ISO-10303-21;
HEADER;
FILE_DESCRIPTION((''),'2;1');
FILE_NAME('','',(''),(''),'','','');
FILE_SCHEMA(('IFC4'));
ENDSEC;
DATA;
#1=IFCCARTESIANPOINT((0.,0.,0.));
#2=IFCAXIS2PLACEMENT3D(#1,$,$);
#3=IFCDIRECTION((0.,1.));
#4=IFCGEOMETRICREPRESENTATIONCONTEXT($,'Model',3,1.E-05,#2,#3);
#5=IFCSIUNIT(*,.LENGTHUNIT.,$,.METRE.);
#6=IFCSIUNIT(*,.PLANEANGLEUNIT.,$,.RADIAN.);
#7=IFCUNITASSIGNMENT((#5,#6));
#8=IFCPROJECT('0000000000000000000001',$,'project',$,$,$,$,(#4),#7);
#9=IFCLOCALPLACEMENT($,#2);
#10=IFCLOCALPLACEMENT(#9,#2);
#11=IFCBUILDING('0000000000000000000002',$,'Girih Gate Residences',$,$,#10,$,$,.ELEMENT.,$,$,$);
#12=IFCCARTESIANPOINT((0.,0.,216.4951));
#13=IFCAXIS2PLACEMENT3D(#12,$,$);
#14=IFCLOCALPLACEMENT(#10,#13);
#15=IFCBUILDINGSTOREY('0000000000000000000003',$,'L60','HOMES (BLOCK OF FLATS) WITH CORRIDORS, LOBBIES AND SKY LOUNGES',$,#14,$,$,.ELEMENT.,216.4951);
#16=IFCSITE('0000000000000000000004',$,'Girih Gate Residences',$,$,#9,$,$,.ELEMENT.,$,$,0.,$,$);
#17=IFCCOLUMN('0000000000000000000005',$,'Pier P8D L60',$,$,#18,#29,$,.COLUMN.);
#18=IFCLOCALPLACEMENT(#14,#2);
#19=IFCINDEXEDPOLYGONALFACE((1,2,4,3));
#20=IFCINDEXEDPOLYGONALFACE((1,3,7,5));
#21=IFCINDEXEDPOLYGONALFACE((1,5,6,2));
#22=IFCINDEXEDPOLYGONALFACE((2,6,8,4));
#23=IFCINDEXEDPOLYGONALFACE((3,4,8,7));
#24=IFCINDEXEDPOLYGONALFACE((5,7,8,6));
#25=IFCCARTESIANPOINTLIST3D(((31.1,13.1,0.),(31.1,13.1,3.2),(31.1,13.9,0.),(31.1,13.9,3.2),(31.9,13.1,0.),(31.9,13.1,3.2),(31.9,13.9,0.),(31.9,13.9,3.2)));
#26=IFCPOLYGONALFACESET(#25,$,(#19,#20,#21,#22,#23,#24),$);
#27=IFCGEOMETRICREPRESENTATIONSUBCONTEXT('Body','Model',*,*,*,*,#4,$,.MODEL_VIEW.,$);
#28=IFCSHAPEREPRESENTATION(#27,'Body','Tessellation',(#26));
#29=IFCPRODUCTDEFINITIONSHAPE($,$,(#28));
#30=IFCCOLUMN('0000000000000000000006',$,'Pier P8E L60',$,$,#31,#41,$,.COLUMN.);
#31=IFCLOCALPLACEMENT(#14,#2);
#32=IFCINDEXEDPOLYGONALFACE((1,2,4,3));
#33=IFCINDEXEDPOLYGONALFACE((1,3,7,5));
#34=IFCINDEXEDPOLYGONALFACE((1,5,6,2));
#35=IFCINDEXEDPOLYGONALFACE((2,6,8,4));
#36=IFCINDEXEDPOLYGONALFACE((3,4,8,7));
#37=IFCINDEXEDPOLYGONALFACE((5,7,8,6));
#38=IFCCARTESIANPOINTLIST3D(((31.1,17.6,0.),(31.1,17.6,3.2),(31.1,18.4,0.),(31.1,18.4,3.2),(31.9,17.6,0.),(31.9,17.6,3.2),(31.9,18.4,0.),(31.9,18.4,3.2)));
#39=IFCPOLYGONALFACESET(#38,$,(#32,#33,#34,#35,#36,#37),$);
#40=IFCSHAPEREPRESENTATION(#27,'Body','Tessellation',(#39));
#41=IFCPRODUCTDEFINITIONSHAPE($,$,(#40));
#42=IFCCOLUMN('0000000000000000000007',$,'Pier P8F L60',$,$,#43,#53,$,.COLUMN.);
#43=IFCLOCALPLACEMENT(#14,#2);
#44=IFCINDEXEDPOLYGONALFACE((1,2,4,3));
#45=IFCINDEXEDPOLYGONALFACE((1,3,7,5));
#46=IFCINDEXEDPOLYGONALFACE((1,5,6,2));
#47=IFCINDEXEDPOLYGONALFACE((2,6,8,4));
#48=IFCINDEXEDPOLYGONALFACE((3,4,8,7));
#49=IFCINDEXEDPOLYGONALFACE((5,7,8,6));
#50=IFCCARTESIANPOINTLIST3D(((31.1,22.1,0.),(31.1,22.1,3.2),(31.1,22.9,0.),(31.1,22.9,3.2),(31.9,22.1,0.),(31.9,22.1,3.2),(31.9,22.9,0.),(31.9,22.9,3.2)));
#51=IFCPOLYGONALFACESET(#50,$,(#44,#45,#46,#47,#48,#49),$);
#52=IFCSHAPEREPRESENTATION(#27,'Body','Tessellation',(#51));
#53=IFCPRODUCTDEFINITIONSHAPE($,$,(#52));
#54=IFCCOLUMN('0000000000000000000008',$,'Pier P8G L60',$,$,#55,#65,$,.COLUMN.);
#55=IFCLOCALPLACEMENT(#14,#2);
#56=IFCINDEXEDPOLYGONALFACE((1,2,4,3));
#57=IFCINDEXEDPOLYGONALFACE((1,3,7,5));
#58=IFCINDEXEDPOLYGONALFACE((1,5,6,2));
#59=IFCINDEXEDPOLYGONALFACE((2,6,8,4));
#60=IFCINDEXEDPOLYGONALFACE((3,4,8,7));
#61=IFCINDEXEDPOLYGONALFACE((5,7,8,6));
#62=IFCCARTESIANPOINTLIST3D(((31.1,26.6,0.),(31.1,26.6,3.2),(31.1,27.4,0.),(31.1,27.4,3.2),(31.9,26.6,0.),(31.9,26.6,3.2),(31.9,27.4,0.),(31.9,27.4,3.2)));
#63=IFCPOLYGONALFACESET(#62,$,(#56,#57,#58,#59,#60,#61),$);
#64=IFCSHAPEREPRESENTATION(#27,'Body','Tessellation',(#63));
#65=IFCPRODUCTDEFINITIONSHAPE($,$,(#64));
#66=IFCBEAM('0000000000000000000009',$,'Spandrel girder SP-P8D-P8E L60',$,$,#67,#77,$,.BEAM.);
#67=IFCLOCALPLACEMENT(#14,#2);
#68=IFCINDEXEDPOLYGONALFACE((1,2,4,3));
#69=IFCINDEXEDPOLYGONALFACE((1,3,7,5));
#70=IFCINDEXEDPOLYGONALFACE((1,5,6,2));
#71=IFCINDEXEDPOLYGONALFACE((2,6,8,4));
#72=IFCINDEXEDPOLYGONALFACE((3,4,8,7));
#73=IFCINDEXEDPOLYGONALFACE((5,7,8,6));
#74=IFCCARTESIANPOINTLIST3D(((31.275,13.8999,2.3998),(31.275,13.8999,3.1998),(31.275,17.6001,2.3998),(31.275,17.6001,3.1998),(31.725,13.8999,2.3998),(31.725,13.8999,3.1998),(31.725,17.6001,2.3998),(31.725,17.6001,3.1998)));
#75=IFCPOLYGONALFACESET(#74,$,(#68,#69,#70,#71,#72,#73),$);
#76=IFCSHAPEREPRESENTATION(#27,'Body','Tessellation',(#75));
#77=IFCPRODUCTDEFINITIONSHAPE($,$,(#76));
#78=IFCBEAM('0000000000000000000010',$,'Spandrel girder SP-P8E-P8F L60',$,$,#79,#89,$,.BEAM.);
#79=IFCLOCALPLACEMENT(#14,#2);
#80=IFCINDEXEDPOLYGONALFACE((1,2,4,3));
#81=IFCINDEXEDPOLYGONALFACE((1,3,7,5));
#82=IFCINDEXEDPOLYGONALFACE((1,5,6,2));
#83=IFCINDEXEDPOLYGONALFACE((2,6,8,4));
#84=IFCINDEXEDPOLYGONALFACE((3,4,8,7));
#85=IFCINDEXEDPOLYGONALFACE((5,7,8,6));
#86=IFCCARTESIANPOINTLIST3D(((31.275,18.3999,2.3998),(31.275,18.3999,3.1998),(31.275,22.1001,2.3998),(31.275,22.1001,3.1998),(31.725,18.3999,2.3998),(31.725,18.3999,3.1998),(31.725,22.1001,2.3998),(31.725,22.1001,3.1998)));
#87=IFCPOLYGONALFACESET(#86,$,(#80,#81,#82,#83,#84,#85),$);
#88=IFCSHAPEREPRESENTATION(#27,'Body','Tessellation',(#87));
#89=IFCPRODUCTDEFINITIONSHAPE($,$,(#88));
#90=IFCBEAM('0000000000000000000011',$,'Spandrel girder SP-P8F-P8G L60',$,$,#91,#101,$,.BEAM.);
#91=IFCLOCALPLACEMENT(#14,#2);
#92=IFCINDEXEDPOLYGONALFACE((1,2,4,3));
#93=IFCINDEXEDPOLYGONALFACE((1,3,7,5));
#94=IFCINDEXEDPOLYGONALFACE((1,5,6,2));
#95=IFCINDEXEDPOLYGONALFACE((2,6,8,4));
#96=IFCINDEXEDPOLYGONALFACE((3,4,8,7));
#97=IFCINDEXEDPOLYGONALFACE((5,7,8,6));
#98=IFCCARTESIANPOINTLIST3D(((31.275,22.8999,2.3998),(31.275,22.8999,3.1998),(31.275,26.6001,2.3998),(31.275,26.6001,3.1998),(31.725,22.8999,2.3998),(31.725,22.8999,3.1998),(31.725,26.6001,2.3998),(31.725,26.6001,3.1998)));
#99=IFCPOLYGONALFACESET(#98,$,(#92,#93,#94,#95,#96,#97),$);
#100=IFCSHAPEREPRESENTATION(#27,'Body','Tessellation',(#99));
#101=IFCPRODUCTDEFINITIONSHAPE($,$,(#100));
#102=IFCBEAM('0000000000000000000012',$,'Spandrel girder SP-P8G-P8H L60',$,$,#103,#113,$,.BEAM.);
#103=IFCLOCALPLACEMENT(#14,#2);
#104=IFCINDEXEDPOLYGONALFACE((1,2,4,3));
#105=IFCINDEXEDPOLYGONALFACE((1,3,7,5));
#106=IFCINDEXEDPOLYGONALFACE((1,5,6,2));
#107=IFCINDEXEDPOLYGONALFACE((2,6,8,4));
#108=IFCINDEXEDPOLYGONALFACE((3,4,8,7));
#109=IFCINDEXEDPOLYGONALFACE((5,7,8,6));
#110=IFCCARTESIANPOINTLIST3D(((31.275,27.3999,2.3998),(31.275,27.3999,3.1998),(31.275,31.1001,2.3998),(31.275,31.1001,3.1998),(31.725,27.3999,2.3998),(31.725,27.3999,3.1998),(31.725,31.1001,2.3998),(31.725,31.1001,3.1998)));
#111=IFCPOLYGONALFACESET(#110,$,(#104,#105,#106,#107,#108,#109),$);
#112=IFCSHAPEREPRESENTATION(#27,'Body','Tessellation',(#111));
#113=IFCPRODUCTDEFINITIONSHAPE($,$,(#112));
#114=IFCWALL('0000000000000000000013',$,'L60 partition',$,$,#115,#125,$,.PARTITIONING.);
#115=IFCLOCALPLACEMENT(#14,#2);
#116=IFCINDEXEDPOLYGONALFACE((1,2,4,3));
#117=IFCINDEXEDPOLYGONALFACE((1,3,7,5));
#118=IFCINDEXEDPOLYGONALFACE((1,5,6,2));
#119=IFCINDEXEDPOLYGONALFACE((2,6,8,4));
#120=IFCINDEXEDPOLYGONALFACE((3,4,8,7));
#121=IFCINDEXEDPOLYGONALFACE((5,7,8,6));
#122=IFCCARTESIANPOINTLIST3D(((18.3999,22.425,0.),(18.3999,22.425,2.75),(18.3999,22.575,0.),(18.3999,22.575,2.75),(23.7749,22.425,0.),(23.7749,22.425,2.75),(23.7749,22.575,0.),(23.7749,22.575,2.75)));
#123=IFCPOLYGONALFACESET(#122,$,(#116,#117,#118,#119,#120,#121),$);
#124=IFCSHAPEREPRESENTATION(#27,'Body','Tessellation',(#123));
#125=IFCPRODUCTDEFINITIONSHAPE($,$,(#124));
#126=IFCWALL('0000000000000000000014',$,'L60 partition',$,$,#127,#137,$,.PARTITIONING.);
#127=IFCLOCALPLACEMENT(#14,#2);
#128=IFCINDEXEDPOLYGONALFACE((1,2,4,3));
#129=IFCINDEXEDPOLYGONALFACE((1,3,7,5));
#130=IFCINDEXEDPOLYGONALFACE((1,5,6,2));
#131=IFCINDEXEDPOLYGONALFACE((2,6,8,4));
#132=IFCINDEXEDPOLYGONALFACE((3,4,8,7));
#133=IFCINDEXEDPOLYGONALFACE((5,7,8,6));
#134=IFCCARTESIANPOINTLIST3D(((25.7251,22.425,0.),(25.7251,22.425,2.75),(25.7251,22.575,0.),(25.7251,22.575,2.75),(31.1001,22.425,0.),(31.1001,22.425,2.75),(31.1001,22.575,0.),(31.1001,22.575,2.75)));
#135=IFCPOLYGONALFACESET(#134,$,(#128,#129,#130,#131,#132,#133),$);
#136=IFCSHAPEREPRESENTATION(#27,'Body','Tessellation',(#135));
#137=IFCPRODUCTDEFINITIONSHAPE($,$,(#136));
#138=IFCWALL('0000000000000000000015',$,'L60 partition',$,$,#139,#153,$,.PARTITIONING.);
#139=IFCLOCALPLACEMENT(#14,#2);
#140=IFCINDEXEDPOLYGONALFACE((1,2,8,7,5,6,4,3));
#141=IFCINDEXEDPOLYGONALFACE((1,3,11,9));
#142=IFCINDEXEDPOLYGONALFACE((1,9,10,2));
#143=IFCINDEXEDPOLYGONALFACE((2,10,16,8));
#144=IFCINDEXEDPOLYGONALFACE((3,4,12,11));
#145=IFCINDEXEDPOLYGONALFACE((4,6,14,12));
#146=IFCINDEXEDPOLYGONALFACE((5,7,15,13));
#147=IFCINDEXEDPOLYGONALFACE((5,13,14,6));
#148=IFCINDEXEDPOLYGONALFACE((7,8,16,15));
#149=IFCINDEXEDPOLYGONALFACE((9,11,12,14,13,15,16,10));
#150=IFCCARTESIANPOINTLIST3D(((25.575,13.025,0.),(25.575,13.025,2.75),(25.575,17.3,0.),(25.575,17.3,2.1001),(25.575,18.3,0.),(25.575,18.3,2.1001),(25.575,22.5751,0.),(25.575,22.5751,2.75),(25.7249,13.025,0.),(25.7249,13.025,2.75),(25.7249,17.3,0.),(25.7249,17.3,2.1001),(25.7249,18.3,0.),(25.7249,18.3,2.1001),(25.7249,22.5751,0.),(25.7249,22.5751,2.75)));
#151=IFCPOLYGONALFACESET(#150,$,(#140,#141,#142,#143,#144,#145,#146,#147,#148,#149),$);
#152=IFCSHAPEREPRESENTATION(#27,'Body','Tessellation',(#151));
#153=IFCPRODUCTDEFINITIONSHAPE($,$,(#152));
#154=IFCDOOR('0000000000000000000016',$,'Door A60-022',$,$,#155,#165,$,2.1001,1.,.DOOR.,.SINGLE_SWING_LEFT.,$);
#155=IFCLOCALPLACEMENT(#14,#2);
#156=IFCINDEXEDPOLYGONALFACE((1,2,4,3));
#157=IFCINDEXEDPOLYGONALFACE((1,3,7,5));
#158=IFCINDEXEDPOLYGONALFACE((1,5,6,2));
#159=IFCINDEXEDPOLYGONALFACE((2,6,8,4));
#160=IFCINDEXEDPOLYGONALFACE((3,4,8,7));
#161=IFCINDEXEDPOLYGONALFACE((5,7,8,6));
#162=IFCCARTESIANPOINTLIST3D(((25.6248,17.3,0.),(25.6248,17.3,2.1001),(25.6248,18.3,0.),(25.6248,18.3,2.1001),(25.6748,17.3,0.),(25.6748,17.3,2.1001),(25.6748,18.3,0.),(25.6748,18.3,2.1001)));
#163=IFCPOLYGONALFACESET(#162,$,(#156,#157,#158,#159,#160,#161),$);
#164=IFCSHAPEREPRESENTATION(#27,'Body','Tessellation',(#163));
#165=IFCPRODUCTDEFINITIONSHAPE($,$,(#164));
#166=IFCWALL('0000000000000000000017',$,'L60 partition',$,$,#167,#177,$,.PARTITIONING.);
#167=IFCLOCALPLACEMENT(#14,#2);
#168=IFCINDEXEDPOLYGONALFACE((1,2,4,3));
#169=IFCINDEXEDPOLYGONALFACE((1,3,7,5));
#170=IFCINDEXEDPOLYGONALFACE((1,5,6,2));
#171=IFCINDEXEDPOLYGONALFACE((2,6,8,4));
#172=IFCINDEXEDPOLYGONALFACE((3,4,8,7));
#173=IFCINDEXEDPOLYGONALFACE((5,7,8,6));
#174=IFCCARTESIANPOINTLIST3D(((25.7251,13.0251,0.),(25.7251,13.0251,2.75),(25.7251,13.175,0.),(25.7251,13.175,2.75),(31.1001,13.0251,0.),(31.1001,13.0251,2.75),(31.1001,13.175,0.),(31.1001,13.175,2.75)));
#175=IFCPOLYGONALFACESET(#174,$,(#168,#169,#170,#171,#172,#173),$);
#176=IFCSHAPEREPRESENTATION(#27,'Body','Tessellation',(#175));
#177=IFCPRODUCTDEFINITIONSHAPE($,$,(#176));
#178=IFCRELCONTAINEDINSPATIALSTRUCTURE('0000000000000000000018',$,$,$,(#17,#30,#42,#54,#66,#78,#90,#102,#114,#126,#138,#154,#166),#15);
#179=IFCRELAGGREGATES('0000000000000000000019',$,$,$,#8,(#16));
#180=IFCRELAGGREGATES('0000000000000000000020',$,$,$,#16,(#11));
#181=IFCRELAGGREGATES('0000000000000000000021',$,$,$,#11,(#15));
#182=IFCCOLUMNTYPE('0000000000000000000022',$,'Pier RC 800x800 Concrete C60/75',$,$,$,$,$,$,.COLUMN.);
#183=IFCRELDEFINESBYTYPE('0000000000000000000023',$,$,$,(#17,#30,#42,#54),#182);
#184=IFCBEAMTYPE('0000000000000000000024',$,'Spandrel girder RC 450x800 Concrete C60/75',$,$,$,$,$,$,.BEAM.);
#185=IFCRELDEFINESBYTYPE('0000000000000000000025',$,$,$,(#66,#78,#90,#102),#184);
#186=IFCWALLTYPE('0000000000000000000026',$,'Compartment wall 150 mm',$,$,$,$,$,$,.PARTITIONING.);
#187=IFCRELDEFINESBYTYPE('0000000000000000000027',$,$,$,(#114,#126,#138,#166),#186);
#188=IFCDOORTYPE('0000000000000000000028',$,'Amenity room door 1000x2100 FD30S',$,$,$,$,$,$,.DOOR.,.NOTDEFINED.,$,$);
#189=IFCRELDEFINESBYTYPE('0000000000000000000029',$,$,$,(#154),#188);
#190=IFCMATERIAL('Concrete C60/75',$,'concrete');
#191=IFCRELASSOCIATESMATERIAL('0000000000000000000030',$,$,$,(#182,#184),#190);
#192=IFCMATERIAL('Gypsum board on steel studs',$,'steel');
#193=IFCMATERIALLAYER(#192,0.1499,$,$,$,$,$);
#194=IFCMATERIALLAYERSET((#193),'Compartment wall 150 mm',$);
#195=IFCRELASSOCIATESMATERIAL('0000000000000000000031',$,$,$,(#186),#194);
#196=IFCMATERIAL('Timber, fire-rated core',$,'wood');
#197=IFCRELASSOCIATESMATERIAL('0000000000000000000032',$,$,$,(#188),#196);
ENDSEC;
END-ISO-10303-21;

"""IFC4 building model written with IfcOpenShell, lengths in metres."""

from ifc_helpers import new_model, si_unit, direction, frame, frame_2d, origin, origin_2d, place, context, subcontext, project, spatial, rectangle, extrude, material, layer, layer_set, material_profile, profile_set, type_object, element, fill, save


model = new_model("IFC4")

# Units and contexts
model_context = context("Model", 3, precision=1e-05, world=origin(), true_north=direction((0.0, 1.0)))
body_context = subcontext(model_context, "Body", "Model", "MODEL_VIEW")
ifc_project = project(units=[si_unit("LENGTHUNIT", "METRE"), si_unit("PLANEANGLEUNIT", "RADIAN")], contexts=[model_context])

# Site, building, storey
site_placement = place(None, origin())
site = spatial("IfcSite", under=ifc_project, at=site_placement, Name="Girih Gate Residences", CompositionType="ELEMENT", RefElevation=0.0)
building_placement = place(site_placement, origin())
building = spatial("IfcBuilding", under=site, at=building_placement, Name="Girih Gate Residences", CompositionType="ELEMENT")
storey_placement = place(building_placement, frame((0.0, 0.0, 216.4951)))
storey = spatial("IfcBuildingStorey", under=building, at=storey_placement, Name="L60", Description="HOMES (BLOCK OF FLATS) WITH CORRIDORS, LOBBIES AND SKY LOUNGES", CompositionType="ELEMENT", Elevation=216.4951)

# Columns
ifc_material_1 = material(Name="Concrete C60/75", Category="concrete")
ifc_material_profile_1 = material_profile(ifc_material_1, rectangle(XDim=0.8, YDim=0.8, at=origin_2d()))
ifc_profile_set_1 = profile_set([ifc_material_profile_1], Name="Concrete C60/75")
column_type = type_object("IfcColumnType", Name="Pier RC 800x800 Concrete C60/75", PredefinedType="COLUMN", material=ifc_profile_set_1)
for number, where, z_axis, x_axis, name in (
    (1, (31.5, 13.5, 0.0), (0.0, 0.0, 1.0), (1.0, 0.0, 0.0), "Pier P8D L60"),
    (2, (31.5, 18.0, 0.0), (0.0, 0.0, 1.0), (1.0, 0.0, 0.0), "Pier P8E L60"),
    (3, (31.5, 22.5, 0.0), (0.0, 0.0, 1.0), (1.0, 0.0, 0.0), "Pier P8F L60"),
    (4, (31.5, 27.0, 0.0), (0.0, 0.0, 1.0), (1.0, 0.0, 0.0), "Pier P8G L60"),
):
    element("IfcColumn", number, at=place(storey_placement, frame(where, z_axis=z_axis, x_axis=x_axis)), inside=storey, type_object=column_type, Name=name, PredefinedType="COLUMN", context=body_context, shape_type="SweptSolid", body=[
        extrude(rectangle(XDim=0.8, YDim=0.8, at=origin_2d()), origin(), (0.0, 0.0, 1.0), 3.2),
    ])

# Beams
ifc_material_profile_2 = material_profile(ifc_material_1, rectangle(XDim=0.45, YDim=0.8, at=origin_2d()))
ifc_profile_set_2 = profile_set([ifc_material_profile_2], Name="Concrete C60/75")
beam_type = type_object("IfcBeamType", Name="Spandrel girder RC 450x800 Concrete C60/75", PredefinedType="BEAM", material=ifc_profile_set_2)
for number, where, z_axis, x_axis, name in (
    (5, (31.5, 13.8999, 2.7998), (0.0, 1.0, 0.0), (-1.0, 0.0, 0.0), "Spandrel girder SP-P8D-P8E L60"),
    (6, (31.5, 18.3999, 2.7998), (0.0, 1.0, 0.0), (-1.0, 0.0, 0.0), "Spandrel girder SP-P8E-P8F L60"),
    (7, (31.5, 22.8999, 2.7998), (0.0, 1.0, 0.0), (-1.0, 0.0, 0.0), "Spandrel girder SP-P8F-P8G L60"),
    (8, (31.5, 27.3999, 2.7998), (0.0, 1.0, 0.0), (-1.0, 0.0, 0.0), "Spandrel girder SP-P8G-P8H L60"),
):
    element("IfcBeam", number, at=place(storey_placement, frame(where, z_axis=z_axis, x_axis=x_axis)), inside=storey, type_object=beam_type, Name=name, PredefinedType="BEAM", context=body_context, shape_type="SweptSolid", body=[
        extrude(rectangle(XDim=0.45, YDim=0.8, at=origin_2d()), origin(), (0.0, 0.0, 1.0), 3.7002),
    ])

# Walls
ifc_material_2 = material(Name="Gypsum board on steel studs", Category="steel")
ifc_layer_1 = layer(ifc_material_2, 0.1499)
ifc_layer_set_1 = layer_set([ifc_layer_1], Name="Compartment wall 150 mm")
wall_type_1 = type_object("IfcWallType", Name="Compartment wall 150 mm", PredefinedType="PARTITIONING", material=ifc_layer_set_1)
for number, where, z_axis, x_axis, name in (
    (9, (18.3999, 22.5, 0.0), (0.0, 0.0, 1.0), (1.0, 0.0, 0.0), "L60 partition"),
    (10, (25.7251, 22.5, 0.0), (0.0, 0.0, 1.0), (1.0, 0.0, 0.0), "L60 partition"),
):
    element("IfcWall", number, at=place(storey_placement, frame(where, z_axis=z_axis, x_axis=x_axis)), inside=storey, type_object=wall_type_1, Name=name, PredefinedType="PARTITIONING", context=body_context, shape_type="SweptSolid", body=[
        extrude(rectangle(XDim=5.375, YDim=0.1499, at=frame_2d((2.6875, 0.0))), origin(), (0.0, 0.0, 1.0), 2.75),
    ])

# Wall, opening, door
wall_1_placement = place(storey_placement, frame((25.6499, 22.575, 0.0), z_axis=(0.0, 0.0, 1.0), x_axis=(0.0, -1.0, 0.0)))
wall_1 = element("IfcWall", 11, at=wall_1_placement, inside=storey, type_object=wall_type_1, Name="L60 partition", PredefinedType="PARTITIONING", context=body_context, shape_type="SweptSolid", body=[
    extrude(rectangle(XDim=9.55, YDim=0.1499, at=frame_2d((4.7749, 0.0))), origin(), (0.0, 0.0, 1.0), 2.75),
])
opening_1_placement = place(wall_1_placement, frame((4.2749, 0.0, 0.0)))
opening_1 = element("IfcOpeningElement", 12, at=opening_1_placement, cuts=wall_1, PredefinedType="OPENING", context=body_context, shape_type="SweptSolid", body=[
    extrude(rectangle(XDim=1.0, YDim=2.1001, at=frame_2d((0.5, 1.05))), frame((0.0, 0.085, 0.0), z_axis=(0.0, -1.0, 0.0), x_axis=(1.0, 0.0, 0.0)), (0.0, 0.0, 1.0), 0.1699),
])
ifc_material_3 = material(Name="Timber, fire-rated core", Category="wood")
door_type_1 = type_object("IfcDoorType", Name="Amenity room door 1000x2100 FD30S", OperationType="NOTDEFINED", PredefinedType="DOOR", material=ifc_material_3)
door_1_placement = place(opening_1_placement, origin())
door_1 = element("IfcDoor", 13, at=door_1_placement, inside=storey, type_object=door_type_1, Name="Door A60-022", OperationType="SINGLE_SWING_LEFT", OverallHeight=2.1001, OverallWidth=1.0, PredefinedType="DOOR", context=body_context, shape_type="SweptSolid", body=[
    extrude(rectangle(XDim=1.0, YDim=2.1001, at=frame_2d((0.5, 1.05))), frame((0.0, 0.0249, 0.0), z_axis=(0.0, -1.0, 0.0), x_axis=(1.0, 0.0, 0.0)), (0.0, 0.0, 1.0), 0.05),
])
fill(opening_1, door_1)

# Wall
wall_2_placement = place(storey_placement, frame((25.7251, 13.1001, 0.0), z_axis=(0.0, 0.0, 1.0), x_axis=(1.0, 0.0, 0.0)))
element("IfcWall", 14, at=wall_2_placement, inside=storey, type_object=wall_type_1, Name="L60 partition", PredefinedType="PARTITIONING", context=body_context, shape_type="SweptSolid", body=[
    extrude(rectangle(XDim=5.375, YDim=0.1499, at=frame_2d((2.6875, 0.0))), origin(), (0.0, 0.0, 1.0), 2.75),
])

save(model, "model.ifc")
